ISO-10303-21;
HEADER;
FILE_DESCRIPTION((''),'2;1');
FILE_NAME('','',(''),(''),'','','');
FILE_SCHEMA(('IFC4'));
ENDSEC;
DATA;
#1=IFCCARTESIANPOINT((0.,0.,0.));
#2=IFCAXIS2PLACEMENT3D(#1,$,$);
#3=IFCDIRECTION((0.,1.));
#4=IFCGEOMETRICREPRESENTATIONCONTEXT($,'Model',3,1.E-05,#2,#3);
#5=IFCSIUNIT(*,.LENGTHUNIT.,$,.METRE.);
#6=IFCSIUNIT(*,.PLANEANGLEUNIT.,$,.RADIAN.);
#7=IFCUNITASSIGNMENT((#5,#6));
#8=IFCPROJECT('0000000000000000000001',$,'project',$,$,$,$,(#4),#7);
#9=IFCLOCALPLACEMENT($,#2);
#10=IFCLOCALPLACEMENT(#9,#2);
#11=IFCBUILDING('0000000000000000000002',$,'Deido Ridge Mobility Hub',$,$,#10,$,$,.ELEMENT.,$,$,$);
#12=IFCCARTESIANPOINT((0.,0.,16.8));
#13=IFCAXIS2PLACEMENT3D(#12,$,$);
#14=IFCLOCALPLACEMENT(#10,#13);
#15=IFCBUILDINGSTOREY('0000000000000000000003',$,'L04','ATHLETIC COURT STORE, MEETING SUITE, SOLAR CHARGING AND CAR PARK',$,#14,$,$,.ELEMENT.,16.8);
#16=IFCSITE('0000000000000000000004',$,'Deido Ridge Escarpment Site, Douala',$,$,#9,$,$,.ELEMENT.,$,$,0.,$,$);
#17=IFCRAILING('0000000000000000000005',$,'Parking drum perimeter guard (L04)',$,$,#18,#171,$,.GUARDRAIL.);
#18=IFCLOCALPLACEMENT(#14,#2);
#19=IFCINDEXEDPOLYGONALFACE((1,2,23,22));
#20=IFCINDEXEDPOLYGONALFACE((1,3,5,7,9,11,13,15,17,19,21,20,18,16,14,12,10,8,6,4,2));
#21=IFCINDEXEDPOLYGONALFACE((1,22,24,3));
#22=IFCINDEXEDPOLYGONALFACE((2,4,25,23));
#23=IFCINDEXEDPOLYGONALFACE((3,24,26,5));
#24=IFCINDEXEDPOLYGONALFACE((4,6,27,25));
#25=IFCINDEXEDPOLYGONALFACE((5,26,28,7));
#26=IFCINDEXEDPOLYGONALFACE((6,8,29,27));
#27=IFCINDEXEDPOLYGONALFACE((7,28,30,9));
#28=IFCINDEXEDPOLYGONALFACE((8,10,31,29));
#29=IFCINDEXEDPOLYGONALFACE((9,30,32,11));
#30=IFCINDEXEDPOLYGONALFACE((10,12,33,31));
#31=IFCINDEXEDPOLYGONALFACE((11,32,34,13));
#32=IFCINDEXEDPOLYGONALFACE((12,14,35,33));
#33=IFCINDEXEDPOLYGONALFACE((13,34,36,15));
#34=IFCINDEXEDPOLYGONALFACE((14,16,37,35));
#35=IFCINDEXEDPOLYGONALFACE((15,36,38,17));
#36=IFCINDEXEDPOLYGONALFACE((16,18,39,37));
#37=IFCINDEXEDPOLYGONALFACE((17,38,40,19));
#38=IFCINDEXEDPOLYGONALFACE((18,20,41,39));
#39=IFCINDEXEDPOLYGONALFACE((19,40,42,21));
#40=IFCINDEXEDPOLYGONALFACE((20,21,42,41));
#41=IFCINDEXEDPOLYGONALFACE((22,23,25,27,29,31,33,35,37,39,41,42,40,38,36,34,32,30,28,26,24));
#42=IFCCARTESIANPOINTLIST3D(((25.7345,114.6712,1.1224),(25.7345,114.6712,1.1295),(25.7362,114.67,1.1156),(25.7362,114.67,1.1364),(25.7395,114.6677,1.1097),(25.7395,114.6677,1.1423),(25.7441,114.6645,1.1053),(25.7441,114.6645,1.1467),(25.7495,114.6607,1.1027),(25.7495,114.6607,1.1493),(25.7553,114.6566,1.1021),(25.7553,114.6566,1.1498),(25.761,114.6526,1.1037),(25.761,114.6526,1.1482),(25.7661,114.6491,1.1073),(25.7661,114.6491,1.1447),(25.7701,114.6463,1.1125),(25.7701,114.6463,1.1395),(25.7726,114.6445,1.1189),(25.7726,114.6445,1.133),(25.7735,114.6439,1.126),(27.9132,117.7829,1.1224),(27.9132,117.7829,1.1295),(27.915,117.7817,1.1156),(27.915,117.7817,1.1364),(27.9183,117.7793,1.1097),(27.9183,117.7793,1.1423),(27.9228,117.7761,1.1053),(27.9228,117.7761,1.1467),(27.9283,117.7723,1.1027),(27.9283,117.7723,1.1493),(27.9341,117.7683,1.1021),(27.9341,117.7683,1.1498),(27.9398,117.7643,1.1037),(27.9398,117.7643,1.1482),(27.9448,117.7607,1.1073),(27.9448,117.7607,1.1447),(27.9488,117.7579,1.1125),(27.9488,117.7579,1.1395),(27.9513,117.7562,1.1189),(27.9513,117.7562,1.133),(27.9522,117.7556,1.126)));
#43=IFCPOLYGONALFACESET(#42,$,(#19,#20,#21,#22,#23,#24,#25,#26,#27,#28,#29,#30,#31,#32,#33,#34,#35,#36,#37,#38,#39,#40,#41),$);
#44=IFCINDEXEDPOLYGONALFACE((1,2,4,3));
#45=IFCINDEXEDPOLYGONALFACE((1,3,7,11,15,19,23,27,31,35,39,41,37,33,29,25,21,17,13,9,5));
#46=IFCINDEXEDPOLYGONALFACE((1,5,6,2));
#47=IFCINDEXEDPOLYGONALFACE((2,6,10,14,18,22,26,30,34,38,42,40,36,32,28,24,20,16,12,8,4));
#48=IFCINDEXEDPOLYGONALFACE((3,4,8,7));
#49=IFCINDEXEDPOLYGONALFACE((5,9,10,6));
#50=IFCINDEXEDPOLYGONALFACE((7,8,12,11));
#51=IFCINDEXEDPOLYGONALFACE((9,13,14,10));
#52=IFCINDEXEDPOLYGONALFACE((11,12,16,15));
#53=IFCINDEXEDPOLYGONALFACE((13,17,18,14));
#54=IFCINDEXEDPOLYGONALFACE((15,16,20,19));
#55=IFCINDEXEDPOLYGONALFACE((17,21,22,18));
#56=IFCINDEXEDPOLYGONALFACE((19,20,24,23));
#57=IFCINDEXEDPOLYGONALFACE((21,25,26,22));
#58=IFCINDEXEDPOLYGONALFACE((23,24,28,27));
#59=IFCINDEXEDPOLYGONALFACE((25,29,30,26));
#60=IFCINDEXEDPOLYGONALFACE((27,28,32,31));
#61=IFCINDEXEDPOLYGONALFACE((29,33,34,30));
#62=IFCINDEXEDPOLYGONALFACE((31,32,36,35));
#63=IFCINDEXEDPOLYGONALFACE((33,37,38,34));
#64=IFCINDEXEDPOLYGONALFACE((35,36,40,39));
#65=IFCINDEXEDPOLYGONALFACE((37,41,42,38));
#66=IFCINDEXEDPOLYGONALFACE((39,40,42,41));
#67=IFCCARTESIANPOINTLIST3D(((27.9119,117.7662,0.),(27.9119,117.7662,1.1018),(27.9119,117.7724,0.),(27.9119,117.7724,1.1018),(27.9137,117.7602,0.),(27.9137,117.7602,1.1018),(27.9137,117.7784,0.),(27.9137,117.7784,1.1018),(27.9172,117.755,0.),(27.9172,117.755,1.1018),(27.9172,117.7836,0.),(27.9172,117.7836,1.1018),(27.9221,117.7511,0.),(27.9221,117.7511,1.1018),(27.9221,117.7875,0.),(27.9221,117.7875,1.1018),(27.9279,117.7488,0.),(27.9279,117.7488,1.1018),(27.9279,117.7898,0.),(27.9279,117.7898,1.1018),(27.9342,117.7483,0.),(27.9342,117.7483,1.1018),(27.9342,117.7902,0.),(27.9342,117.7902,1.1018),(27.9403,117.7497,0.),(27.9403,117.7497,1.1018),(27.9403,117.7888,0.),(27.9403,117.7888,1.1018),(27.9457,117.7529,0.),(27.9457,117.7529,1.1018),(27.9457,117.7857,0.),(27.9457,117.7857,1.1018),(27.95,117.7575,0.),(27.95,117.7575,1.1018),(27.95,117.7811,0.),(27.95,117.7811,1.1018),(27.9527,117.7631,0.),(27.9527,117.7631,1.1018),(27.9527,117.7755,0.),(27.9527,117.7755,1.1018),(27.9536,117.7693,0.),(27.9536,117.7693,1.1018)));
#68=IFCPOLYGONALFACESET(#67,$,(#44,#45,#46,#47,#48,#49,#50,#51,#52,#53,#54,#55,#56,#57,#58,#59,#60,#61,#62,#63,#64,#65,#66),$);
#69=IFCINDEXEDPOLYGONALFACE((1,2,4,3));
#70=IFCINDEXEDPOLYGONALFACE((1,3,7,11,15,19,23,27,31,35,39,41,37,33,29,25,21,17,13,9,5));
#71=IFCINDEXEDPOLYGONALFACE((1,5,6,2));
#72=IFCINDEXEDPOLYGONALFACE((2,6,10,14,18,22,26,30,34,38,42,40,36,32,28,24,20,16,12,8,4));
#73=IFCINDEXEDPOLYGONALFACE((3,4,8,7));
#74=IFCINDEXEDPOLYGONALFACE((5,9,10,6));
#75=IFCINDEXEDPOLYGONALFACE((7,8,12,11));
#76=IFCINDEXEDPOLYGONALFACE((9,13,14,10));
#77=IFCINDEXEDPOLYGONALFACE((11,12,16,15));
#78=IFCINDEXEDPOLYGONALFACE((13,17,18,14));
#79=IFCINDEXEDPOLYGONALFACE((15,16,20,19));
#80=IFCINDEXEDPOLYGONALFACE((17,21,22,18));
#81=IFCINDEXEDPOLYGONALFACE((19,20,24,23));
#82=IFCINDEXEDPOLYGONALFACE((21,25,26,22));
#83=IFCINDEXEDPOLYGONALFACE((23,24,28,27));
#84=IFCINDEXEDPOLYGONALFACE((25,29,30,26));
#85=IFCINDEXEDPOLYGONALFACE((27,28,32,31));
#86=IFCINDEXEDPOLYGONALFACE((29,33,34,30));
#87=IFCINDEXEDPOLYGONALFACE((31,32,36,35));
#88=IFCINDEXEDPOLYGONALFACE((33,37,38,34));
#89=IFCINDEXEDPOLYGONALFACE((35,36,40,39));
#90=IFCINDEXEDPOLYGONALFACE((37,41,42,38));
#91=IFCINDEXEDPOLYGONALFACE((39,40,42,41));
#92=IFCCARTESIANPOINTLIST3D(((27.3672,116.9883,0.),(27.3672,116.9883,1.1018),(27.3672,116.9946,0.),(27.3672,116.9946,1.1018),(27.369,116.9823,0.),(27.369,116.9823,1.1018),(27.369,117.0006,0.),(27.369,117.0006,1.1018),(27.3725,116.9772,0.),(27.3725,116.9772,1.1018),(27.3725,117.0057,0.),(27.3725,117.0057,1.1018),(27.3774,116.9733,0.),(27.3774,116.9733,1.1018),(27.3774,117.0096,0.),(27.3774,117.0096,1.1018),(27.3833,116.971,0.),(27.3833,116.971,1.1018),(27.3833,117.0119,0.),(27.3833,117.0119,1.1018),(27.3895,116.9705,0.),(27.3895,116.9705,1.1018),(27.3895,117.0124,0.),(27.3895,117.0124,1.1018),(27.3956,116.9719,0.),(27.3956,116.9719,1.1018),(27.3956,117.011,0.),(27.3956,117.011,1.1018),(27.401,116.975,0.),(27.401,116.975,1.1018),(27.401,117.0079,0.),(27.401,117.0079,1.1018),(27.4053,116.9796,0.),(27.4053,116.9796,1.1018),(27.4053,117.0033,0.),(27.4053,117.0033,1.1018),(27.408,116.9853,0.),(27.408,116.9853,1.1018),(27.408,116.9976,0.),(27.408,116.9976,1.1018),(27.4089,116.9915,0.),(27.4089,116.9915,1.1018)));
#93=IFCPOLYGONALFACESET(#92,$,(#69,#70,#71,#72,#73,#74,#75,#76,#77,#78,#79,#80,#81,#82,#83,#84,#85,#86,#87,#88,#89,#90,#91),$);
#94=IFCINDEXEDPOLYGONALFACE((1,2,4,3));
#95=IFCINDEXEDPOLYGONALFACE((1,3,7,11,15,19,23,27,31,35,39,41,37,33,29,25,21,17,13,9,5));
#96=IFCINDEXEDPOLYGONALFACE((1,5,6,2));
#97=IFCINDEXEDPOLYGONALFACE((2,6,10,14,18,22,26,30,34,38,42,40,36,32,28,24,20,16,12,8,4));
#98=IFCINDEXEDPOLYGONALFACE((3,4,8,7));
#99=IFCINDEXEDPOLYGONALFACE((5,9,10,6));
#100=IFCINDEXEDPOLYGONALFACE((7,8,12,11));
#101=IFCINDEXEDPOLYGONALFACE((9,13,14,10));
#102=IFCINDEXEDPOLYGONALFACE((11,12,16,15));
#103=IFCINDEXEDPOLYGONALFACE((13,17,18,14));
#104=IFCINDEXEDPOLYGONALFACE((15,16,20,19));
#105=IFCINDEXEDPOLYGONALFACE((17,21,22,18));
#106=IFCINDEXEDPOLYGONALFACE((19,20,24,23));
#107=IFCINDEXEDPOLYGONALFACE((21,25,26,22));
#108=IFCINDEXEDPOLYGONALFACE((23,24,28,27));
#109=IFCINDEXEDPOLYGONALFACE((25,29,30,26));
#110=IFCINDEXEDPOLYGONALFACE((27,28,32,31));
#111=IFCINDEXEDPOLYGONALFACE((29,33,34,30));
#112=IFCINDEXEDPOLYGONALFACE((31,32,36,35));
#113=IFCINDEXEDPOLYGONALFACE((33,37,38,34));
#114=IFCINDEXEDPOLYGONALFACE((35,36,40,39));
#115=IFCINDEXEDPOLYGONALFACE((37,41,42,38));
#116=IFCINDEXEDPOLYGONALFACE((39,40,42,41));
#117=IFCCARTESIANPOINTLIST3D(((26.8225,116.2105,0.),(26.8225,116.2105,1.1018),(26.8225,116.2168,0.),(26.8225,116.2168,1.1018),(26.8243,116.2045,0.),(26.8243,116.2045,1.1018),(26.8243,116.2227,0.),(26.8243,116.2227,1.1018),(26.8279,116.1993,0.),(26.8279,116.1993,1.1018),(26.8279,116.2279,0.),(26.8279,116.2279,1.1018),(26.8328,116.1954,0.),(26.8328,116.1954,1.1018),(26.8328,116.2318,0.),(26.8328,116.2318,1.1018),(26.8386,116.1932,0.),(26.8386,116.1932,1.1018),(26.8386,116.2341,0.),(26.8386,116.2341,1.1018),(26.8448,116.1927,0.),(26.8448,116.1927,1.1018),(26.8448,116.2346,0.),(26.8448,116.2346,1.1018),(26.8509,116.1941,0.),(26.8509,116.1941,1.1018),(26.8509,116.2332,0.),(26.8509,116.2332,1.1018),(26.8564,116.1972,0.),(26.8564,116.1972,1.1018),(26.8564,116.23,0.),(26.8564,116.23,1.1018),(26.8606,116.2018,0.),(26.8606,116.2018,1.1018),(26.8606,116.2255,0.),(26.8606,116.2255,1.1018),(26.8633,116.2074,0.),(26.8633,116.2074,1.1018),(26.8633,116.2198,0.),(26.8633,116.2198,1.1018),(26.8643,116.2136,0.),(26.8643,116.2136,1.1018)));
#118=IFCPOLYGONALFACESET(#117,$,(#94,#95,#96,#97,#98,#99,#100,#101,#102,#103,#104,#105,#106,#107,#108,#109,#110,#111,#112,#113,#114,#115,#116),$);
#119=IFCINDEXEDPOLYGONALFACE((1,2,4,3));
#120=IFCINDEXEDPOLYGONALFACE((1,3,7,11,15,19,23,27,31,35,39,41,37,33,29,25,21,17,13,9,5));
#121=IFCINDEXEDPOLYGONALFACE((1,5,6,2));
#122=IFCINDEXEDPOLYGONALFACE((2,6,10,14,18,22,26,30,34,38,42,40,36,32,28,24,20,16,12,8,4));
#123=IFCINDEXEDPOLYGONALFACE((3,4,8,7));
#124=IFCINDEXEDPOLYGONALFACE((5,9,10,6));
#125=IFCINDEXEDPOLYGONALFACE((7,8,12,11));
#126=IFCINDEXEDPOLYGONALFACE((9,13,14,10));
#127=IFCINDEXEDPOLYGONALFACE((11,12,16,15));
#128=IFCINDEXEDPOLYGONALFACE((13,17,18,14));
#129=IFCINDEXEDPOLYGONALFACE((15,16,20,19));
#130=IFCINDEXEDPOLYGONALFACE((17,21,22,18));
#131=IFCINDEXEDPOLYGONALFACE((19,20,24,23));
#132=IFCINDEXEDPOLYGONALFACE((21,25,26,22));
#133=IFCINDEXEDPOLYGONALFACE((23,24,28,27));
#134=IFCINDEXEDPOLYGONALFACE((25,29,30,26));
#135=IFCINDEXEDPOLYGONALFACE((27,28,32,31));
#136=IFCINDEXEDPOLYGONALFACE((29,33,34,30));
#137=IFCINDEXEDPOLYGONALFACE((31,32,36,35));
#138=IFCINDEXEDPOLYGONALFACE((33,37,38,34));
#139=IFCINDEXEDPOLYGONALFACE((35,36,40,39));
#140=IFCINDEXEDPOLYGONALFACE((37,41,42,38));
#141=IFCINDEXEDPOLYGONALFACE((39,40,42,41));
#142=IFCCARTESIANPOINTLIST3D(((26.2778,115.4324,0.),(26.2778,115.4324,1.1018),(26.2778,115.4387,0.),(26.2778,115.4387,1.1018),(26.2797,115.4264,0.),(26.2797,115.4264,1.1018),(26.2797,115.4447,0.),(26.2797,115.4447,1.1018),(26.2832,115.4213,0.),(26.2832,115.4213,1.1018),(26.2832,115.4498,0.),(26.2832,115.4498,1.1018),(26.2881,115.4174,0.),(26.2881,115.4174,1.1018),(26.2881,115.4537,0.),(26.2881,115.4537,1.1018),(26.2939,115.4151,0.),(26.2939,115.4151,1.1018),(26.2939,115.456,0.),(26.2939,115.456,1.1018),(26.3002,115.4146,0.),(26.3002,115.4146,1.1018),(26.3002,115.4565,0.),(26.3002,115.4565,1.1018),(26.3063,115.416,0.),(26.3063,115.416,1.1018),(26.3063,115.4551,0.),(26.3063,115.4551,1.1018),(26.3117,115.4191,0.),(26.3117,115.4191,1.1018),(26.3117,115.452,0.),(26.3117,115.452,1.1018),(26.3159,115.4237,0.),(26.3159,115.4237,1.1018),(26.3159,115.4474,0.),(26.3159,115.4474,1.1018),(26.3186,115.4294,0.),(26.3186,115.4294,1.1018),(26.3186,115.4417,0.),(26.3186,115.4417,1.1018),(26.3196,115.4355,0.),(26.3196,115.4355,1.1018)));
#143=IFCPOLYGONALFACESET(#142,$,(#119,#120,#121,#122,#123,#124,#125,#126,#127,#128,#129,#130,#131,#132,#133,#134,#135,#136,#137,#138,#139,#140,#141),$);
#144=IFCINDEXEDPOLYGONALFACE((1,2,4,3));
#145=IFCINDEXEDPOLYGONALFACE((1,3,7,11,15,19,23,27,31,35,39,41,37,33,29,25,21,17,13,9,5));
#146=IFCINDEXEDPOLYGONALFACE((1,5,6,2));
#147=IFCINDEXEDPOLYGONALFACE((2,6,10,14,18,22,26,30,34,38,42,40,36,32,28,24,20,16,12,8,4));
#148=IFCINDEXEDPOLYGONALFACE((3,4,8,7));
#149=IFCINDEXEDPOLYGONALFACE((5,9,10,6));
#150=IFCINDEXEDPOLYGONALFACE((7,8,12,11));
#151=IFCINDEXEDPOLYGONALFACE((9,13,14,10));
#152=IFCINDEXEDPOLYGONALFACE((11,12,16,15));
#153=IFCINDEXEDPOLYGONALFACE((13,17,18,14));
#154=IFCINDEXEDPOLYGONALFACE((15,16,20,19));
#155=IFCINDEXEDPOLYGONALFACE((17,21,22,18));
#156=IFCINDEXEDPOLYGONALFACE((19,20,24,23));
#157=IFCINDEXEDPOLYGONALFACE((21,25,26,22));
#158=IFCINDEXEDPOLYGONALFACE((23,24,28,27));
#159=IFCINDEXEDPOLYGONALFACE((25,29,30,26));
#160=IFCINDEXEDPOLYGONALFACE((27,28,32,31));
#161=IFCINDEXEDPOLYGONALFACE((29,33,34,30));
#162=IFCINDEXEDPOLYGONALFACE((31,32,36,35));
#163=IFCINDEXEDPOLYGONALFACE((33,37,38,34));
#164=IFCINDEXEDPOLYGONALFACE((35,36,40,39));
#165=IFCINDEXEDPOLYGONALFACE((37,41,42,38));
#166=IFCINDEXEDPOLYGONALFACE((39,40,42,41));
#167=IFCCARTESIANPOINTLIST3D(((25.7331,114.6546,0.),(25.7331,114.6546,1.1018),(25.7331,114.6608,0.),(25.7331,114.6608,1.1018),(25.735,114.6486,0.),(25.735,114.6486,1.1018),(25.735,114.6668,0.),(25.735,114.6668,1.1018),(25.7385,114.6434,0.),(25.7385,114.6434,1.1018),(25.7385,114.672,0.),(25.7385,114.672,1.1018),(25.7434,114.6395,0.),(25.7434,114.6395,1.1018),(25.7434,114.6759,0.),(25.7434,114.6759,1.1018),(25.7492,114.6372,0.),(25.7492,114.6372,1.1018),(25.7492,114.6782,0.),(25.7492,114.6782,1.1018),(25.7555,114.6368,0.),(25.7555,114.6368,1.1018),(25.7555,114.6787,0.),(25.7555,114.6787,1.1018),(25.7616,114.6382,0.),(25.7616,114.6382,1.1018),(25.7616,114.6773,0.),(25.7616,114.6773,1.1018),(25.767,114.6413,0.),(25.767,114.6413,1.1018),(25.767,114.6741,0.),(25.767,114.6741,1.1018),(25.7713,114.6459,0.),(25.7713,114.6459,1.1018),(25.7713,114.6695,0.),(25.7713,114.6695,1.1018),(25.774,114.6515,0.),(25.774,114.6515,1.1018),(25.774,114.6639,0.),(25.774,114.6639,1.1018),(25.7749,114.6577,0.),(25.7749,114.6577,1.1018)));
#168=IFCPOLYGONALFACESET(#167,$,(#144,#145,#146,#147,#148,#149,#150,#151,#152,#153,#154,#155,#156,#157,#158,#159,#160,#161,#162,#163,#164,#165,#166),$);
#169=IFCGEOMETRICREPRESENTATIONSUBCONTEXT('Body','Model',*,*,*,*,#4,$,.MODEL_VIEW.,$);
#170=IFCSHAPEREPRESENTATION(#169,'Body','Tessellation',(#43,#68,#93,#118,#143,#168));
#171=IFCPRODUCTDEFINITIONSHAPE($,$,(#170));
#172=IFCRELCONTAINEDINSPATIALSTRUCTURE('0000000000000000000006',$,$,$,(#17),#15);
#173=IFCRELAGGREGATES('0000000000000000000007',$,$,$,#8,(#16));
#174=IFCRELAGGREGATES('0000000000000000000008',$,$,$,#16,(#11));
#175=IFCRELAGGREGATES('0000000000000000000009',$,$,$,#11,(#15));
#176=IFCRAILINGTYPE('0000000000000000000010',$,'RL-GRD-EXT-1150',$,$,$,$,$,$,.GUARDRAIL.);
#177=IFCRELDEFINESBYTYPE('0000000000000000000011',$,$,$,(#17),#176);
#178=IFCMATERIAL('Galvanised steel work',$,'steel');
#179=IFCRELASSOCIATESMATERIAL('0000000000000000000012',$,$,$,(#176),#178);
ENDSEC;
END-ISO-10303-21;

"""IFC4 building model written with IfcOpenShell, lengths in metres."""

from ifc_helpers import new_model, si_unit, direction, frame, origin, origin_2d, place, context, subcontext, project, spatial, circle, extrude, material, type_object, element, save


model = new_model("IFC4")

# Units and contexts
model_context = context("Model", 3, precision=1e-05, world=origin(), true_north=direction((0.0, 1.0)))
body_context = subcontext(model_context, "Body", "Model", "MODEL_VIEW")
ifc_project = project(units=[si_unit("LENGTHUNIT", "METRE"), si_unit("PLANEANGLEUNIT", "RADIAN")], contexts=[model_context])

# Site, building, storey
site_placement = place(None, origin())
site = spatial("IfcSite", under=ifc_project, at=site_placement, Name="Deido Ridge Escarpment Site, Douala", CompositionType="ELEMENT", RefElevation=0.0)
building_placement = place(site_placement, origin())
building = spatial("IfcBuilding", under=site, at=building_placement, Name="Deido Ridge Mobility Hub", CompositionType="ELEMENT")
storey_placement = place(building_placement, frame((0.0, 0.0, 16.8)))
storey = spatial("IfcBuildingStorey", under=building, at=storey_placement, Name="L04", Description="ATHLETIC COURT STORE, MEETING SUITE, SOLAR CHARGING AND CAR PARK", CompositionType="ELEMENT", Elevation=16.8)

# Railing
ifc_material_1 = material(Name="Galvanised steel work", Category="steel")
railing_type = type_object("IfcRailingType", Name="RL-GRD-EXT-1150", PredefinedType="GUARDRAIL", material=ifc_material_1)
railing_1_placement = place(storey_placement, frame((27.9326, 117.7693, 0.0)))
element("IfcRailing", 1, at=railing_1_placement, inside=storey, type_object=railing_type, Name="Parking drum perimeter guard (L04)", PredefinedType="GUARDRAIL", context=body_context, shape_type="SweptSolid", body=[
    extrude(circle(Radius=0.0239, at=origin_2d()), frame((0.0, 0.0, 1.126), z_axis=(-0.57357, -0.819156, 0.0), x_axis=(0.819156, -0.57357, 0.0)), (0.0, 0.0, 1.0), 3.7986),
    extrude(circle(Radius=0.021, at=origin_2d()), origin(), (0.0, 0.0, 1.0), 1.1018),
    extrude(circle(Radius=0.021, at=origin_2d()), frame((-0.5447, -0.7778, 0.0)), (0.0, 0.0, 1.0), 1.1018),
    extrude(circle(Radius=0.021, at=origin_2d()), frame((-1.0894, -1.5557, 0.0)), (0.0, 0.0, 1.0), 1.1018),
    extrude(circle(Radius=0.021, at=origin_2d()), frame((-1.634, -2.3337, 0.0)), (0.0, 0.0, 1.0), 1.1018),
    extrude(circle(Radius=0.021, at=origin_2d()), frame((-2.1787, -3.1116, 0.0)), (0.0, 0.0, 1.0), 1.1018),
])

save(model, "model.ifc")
